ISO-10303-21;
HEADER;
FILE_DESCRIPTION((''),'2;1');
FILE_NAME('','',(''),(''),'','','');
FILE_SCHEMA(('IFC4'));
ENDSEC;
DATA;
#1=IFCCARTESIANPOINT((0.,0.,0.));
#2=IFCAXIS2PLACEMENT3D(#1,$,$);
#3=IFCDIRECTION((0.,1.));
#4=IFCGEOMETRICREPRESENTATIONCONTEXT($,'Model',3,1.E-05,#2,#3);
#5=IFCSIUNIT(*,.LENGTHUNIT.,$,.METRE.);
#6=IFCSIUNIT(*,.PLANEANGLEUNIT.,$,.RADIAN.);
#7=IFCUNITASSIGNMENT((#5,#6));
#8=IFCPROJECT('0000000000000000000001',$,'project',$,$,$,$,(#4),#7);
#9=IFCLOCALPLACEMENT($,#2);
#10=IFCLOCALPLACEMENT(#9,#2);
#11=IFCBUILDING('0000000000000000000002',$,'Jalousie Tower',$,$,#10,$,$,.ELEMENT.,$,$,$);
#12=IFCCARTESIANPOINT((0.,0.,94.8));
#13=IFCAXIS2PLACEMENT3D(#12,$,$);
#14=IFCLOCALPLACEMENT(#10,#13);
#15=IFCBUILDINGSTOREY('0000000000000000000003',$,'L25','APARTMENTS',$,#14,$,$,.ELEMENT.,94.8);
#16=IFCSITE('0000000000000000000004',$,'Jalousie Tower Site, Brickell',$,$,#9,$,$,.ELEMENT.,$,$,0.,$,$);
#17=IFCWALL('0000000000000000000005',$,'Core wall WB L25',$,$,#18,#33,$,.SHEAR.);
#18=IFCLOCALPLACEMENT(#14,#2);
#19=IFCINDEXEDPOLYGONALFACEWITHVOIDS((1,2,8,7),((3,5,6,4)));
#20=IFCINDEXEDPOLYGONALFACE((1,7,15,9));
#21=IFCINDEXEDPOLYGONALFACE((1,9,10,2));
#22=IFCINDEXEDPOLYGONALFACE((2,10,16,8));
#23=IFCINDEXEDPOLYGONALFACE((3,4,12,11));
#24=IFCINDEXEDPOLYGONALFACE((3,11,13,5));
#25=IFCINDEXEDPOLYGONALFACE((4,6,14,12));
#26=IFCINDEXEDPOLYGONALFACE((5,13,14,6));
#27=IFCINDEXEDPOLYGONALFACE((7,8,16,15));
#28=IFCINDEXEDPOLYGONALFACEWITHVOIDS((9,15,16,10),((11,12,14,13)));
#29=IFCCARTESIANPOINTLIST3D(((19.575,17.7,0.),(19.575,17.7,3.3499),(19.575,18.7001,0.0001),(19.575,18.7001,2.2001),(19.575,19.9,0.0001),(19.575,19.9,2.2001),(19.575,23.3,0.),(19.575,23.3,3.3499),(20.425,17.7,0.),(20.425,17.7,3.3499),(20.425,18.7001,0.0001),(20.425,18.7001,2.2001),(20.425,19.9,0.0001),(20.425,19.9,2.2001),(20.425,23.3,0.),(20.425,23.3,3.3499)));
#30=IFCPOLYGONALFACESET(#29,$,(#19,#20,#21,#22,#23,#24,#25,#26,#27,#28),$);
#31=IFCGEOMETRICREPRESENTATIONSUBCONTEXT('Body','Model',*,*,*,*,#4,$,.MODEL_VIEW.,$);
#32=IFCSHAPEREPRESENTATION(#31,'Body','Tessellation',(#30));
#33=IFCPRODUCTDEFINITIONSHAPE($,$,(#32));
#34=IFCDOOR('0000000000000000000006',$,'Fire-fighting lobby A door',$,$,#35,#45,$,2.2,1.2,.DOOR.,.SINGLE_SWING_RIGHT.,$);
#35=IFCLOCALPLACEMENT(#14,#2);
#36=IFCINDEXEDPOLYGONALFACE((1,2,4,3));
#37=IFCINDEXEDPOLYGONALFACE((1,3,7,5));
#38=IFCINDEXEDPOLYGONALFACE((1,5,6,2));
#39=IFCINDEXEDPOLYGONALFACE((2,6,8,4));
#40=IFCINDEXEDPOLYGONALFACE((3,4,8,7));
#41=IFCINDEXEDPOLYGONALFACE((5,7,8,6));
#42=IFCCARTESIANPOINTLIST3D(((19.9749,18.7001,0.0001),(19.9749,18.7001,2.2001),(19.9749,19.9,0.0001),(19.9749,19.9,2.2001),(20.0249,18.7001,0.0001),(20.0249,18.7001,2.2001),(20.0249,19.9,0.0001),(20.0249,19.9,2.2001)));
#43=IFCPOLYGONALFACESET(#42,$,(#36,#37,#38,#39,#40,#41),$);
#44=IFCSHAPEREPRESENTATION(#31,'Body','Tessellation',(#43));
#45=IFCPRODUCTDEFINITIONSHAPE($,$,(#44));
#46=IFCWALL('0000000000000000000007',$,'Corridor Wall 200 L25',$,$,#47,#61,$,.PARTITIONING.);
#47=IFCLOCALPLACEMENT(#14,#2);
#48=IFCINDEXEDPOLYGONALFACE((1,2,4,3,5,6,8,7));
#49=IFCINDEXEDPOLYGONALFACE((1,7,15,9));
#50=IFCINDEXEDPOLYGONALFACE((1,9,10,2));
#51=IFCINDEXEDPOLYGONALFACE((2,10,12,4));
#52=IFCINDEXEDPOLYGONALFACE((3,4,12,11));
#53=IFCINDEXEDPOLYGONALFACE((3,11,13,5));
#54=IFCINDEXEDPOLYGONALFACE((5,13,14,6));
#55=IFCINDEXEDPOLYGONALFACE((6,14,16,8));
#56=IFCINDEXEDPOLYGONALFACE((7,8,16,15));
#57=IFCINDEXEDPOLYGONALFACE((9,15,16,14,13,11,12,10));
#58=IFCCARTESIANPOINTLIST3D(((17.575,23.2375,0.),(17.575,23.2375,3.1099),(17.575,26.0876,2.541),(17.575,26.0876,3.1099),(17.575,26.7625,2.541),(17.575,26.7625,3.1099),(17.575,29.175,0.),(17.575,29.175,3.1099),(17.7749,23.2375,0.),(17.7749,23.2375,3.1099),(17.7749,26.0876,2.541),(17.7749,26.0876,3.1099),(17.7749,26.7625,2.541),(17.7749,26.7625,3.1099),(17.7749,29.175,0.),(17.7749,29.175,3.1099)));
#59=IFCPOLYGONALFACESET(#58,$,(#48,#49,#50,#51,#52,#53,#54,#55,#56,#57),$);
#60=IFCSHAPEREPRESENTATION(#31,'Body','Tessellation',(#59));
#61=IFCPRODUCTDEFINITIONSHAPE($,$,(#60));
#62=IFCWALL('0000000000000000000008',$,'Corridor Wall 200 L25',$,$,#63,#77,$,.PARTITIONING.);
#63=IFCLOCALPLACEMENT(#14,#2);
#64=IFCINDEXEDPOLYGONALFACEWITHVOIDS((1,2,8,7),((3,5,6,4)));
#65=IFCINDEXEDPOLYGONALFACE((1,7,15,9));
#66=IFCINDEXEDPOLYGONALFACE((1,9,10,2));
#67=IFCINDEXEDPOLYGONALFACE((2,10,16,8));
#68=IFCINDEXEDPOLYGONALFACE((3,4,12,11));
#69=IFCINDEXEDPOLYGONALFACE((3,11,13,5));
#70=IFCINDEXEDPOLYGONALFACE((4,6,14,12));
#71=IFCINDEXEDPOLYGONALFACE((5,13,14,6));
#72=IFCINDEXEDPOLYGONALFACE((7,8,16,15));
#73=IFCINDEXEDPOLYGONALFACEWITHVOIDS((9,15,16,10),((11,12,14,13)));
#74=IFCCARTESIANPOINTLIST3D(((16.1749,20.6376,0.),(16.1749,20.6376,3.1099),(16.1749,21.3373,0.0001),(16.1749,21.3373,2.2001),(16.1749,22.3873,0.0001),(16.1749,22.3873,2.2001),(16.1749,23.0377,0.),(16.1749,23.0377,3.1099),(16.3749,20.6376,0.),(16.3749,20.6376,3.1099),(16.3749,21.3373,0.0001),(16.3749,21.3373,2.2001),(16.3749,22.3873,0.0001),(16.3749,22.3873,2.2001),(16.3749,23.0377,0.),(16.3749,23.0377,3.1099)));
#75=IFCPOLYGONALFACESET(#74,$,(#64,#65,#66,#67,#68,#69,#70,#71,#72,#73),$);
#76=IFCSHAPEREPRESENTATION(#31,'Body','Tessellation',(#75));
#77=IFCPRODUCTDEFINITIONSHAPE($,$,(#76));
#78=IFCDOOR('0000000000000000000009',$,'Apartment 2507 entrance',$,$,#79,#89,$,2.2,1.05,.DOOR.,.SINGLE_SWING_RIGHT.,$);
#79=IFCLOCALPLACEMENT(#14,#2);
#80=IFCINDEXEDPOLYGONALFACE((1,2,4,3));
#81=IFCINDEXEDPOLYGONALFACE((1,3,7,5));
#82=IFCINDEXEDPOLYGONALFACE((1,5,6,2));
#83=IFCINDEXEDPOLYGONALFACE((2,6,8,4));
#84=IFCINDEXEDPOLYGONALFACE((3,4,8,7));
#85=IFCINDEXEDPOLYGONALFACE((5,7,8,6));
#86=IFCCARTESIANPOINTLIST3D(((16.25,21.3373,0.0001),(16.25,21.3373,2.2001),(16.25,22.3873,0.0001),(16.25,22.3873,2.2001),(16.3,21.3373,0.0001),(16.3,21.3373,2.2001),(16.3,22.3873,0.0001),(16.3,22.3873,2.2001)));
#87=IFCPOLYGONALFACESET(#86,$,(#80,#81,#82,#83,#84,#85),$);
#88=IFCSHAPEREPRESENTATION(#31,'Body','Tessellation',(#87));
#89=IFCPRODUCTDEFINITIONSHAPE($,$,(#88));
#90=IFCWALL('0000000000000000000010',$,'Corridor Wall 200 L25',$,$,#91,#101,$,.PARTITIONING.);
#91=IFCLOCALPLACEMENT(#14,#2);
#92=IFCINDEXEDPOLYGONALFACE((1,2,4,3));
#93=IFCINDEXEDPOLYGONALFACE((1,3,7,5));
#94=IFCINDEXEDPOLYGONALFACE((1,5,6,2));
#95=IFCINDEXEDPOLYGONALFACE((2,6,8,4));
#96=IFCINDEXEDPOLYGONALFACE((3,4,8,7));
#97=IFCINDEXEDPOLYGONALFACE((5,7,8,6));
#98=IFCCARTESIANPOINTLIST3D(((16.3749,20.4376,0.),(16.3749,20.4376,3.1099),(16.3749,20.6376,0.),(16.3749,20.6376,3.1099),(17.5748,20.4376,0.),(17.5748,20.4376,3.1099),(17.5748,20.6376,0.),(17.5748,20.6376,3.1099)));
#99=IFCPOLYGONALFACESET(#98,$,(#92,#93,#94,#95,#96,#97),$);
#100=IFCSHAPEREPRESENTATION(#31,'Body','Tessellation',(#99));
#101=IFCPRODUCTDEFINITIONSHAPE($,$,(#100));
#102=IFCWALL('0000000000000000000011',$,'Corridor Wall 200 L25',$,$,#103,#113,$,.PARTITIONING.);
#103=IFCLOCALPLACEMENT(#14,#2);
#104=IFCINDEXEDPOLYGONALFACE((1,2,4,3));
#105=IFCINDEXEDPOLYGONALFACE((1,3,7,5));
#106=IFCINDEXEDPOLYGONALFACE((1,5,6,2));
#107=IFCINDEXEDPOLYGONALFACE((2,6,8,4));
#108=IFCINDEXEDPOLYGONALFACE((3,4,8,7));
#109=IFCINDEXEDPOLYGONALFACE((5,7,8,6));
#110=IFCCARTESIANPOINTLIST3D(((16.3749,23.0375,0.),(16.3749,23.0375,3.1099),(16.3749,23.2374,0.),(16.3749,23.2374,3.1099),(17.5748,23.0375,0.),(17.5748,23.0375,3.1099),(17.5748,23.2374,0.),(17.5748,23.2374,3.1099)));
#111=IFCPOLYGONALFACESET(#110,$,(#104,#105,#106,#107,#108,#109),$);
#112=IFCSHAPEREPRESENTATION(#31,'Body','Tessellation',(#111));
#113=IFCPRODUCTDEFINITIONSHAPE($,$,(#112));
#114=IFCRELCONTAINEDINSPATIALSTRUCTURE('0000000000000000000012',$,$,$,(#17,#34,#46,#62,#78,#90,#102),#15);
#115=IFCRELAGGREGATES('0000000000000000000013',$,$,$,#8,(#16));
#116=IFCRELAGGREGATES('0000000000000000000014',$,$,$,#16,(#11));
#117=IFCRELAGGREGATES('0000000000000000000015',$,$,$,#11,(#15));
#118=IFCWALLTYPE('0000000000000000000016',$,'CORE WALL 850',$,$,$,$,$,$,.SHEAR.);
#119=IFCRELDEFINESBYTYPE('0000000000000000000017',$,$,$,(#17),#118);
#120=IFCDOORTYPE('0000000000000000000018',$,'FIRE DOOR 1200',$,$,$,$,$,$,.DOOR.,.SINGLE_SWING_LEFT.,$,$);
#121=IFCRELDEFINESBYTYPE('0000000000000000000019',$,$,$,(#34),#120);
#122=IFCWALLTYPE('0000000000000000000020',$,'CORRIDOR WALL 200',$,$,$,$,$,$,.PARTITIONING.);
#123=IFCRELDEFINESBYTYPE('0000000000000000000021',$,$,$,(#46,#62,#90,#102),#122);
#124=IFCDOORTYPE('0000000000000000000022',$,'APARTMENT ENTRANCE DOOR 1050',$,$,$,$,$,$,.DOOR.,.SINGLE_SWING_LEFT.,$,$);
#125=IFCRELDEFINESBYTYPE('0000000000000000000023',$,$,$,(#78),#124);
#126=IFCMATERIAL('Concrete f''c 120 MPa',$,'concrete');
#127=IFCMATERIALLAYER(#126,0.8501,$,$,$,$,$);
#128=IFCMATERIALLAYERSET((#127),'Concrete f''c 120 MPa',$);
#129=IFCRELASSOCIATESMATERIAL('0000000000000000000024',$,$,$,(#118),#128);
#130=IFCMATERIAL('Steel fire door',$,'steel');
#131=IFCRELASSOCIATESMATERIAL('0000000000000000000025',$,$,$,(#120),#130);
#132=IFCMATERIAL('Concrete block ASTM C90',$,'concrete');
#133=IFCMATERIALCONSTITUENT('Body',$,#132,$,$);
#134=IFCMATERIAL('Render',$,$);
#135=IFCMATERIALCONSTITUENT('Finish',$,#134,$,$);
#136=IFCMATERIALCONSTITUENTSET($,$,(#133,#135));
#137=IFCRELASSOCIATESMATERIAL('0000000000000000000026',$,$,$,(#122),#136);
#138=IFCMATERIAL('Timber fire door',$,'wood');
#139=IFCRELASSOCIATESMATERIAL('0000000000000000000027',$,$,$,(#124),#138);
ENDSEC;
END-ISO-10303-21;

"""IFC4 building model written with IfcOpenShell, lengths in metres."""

from ifc_helpers import new_model, si_unit, direction, frame, frame_2d, origin, place, context, subcontext, project, spatial, polyline, rectangle, outline, extrude, material, layer, layer_set, constituent, constituent_set, type_object, element, fill, save


model = new_model("IFC4")

# Units and contexts
model_context = context("Model", 3, precision=1e-05, world=origin(), true_north=direction((0.0, 1.0)))
body_context = subcontext(model_context, "Body", "Model", "MODEL_VIEW")
ifc_project = project(units=[si_unit("LENGTHUNIT", "METRE"), si_unit("PLANEANGLEUNIT", "RADIAN")], contexts=[model_context])

# Site, building, storey
site_placement = place(None, origin())
site = spatial("IfcSite", under=ifc_project, at=site_placement, Name="Jalousie Tower Site, Brickell", CompositionType="ELEMENT", RefElevation=0.0)
building_placement = place(site_placement, origin())
building = spatial("IfcBuilding", under=site, at=building_placement, Name="Jalousie Tower", CompositionType="ELEMENT")
storey_placement = place(building_placement, frame((0.0, 0.0, 94.8)))
storey = spatial("IfcBuildingStorey", under=building, at=storey_placement, Name="L25", Description="APARTMENTS", CompositionType="ELEMENT", Elevation=94.8)

# Wall, opening, door
ifc_material_1 = material(Name="Concrete f'c 120 MPa", Category="concrete")
ifc_layer_1 = layer(ifc_material_1, 0.8501)
ifc_layer_set_1 = layer_set([ifc_layer_1], Name="Concrete f'c 120 MPa")
wall_type_1 = type_object("IfcWallType", Name="CORE WALL 850", PredefinedType="SHEAR", material=ifc_layer_set_1)
wall_1_placement = place(storey_placement, frame((20.0, 23.3, 0.0), z_axis=(0.0, 0.0, 1.0), x_axis=(0.0, -1.0, 0.0)))
wall_1 = element("IfcWall", 1, at=wall_1_placement, inside=storey, type_object=wall_type_1, Name="Core wall WB L25", PredefinedType="SHEAR", context=body_context, shape_type="SweptSolid", body=[
    extrude(rectangle(XDim=5.6001, YDim=0.8501, at=frame_2d((2.8, 0.0))), origin(), (0.0, 0.0, 1.0), 3.3499),
])
opening_1_placement = place(wall_1_placement, frame((3.3999, 0.0, 0.0)))
opening_1 = element("IfcOpeningElement", 2, at=opening_1_placement, cuts=wall_1, PredefinedType="OPENING", context=body_context, shape_type="SweptSolid", body=[
    extrude(rectangle(XDim=1.2, YDim=2.2, at=frame_2d((0.6001, 1.1001))), frame((0.0, 0.4351, 0.0), z_axis=(0.0, -1.0, 0.0), x_axis=(1.0, 0.0, 0.0)), (0.0, 0.0, 1.0), 0.8701),
])
ifc_material_2 = material(Name="Steel fire door", Category="steel")
door_type_1 = type_object("IfcDoorType", Name="FIRE DOOR 1200", OperationType="SINGLE_SWING_LEFT", PredefinedType="DOOR", material=ifc_material_2)
door_1_placement = place(opening_1_placement, origin())
door_1 = element("IfcDoor", 3, at=door_1_placement, inside=storey, type_object=door_type_1, Name="Fire-fighting lobby A door", OperationType="SINGLE_SWING_RIGHT", OverallHeight=2.2, OverallWidth=1.2, PredefinedType="DOOR", context=body_context, shape_type="SweptSolid", body=[
    extrude(rectangle(XDim=1.2, YDim=2.2, at=frame_2d((0.6001, 1.1001))), frame((0.0, 0.0249, 0.0), z_axis=(0.0, -1.0, 0.0), x_axis=(1.0, 0.0, 0.0)), (0.0, 0.0, 1.0), 0.05),
])
fill(opening_1, door_1)

# Wall
ifc_material_3 = material(Name="Concrete block ASTM C90", Category="concrete")
ifc_constituent_1 = constituent(ifc_material_3, Name="Body")
ifc_material_4 = material(Name="Render")
ifc_constituent_2 = constituent(ifc_material_4, Name="Finish")
ifc_constituent_set = constituent_set(constituents=[ifc_constituent_1, ifc_constituent_2])
wall_type_2 = type_object("IfcWallType", Name="CORRIDOR WALL 200", PredefinedType="PARTITIONING", material=ifc_constituent_set)
wall_2_placement = place(storey_placement, frame((17.675, 23.2375, 0.0), z_axis=(0.0, 0.0, 1.0), x_axis=(0.0, 1.0, 0.0)))
element("IfcWall", 4, at=wall_2_placement, inside=storey, type_object=wall_type_2, Name="Corridor Wall 200 L25", PredefinedType="PARTITIONING", context=body_context, shape_type="SweptSolid", body=[
    extrude(outline(polyline([(0.0, 0.0), (5.9375, 0.0), (5.9375, 3.1099), (3.5249, 3.1099), (3.5249, 2.541), (2.8501, 2.541), (2.8501, 3.1099), (0.0, 3.1099), (0.0, 0.0)])), frame((0.0, 0.1001, 0.0), z_axis=(0.0, -1.0, 0.0), x_axis=(1.0, 0.0, 0.0)), (0.0, 0.0, 1.0), 0.2),
])

# Wall, opening, door
wall_3_placement = place(storey_placement, frame((16.2749, 20.6375, 0.0), z_axis=(0.0, 0.0, 1.0), x_axis=(0.0, 1.0, 0.0)))
wall_3 = element("IfcWall", 5, at=wall_3_placement, inside=storey, type_object=wall_type_2, Name="Corridor Wall 200 L25", PredefinedType="PARTITIONING", context=body_context, shape_type="SweptSolid", body=[
    extrude(rectangle(XDim=2.4001, YDim=0.2, at=frame_2d((1.2002, 0.0))), origin(), (0.0, 0.0, 1.0), 3.1099),
])
opening_2_placement = place(wall_3_placement, frame((0.7, 0.0, 0.0)))
opening_2 = element("IfcOpeningElement", 6, at=opening_2_placement, cuts=wall_3, PredefinedType="OPENING", context=body_context, shape_type="SweptSolid", body=[
    extrude(rectangle(XDim=1.05, YDim=2.2, at=frame_2d((0.5249, 1.1001))), frame((0.0, 0.1099, 0.0), z_axis=(0.0, -1.0, 0.0), x_axis=(1.0, 0.0, 0.0)), (0.0, 0.0, 1.0), 0.22),
])
ifc_material_5 = material(Name="Timber fire door", Category="wood")
door_type_2 = type_object("IfcDoorType", Name="APARTMENT ENTRANCE DOOR 1050", OperationType="SINGLE_SWING_LEFT", PredefinedType="DOOR", material=ifc_material_5)
door_2_placement = place(opening_2_placement, origin())
door_2 = element("IfcDoor", 7, at=door_2_placement, inside=storey, type_object=door_type_2, Name="Apartment 2507 entrance", OperationType="SINGLE_SWING_RIGHT", OverallHeight=2.2, OverallWidth=1.05, PredefinedType="DOOR", context=body_context, shape_type="SweptSolid", body=[
    extrude(rectangle(XDim=1.05, YDim=2.2, at=frame_2d((0.5249, 1.1001))), frame((0.0, 0.0249, 0.0), z_axis=(0.0, -1.0, 0.0), x_axis=(1.0, 0.0, 0.0)), (0.0, 0.0, 1.0), 0.05),
])
fill(opening_2, door_2)

# Walls
for number, where, z_axis, x_axis, name in (
    (8, (17.575, 20.5376, 0.0), (0.0, 0.0, 1.0), (-1.0, 0.0, 0.0), "Corridor Wall 200 L25"),
    (9, (17.575, 23.1375, 0.0), (0.0, 0.0, 1.0), (-1.0, 0.0, 0.0), "Corridor Wall 200 L25"),
):
    element("IfcWall", number, at=place(storey_placement, frame(where, z_axis=z_axis, x_axis=x_axis)), inside=storey, type_object=wall_type_2, Name=name, PredefinedType="PARTITIONING", context=body_context, shape_type="SweptSolid", body=[
        extrude(rectangle(XDim=1.2, YDim=0.2, at=frame_2d((0.6001, 0.0))), origin(), (0.0, 0.0, 1.0), 3.1099),
    ])

save(model, "model.ifc")
